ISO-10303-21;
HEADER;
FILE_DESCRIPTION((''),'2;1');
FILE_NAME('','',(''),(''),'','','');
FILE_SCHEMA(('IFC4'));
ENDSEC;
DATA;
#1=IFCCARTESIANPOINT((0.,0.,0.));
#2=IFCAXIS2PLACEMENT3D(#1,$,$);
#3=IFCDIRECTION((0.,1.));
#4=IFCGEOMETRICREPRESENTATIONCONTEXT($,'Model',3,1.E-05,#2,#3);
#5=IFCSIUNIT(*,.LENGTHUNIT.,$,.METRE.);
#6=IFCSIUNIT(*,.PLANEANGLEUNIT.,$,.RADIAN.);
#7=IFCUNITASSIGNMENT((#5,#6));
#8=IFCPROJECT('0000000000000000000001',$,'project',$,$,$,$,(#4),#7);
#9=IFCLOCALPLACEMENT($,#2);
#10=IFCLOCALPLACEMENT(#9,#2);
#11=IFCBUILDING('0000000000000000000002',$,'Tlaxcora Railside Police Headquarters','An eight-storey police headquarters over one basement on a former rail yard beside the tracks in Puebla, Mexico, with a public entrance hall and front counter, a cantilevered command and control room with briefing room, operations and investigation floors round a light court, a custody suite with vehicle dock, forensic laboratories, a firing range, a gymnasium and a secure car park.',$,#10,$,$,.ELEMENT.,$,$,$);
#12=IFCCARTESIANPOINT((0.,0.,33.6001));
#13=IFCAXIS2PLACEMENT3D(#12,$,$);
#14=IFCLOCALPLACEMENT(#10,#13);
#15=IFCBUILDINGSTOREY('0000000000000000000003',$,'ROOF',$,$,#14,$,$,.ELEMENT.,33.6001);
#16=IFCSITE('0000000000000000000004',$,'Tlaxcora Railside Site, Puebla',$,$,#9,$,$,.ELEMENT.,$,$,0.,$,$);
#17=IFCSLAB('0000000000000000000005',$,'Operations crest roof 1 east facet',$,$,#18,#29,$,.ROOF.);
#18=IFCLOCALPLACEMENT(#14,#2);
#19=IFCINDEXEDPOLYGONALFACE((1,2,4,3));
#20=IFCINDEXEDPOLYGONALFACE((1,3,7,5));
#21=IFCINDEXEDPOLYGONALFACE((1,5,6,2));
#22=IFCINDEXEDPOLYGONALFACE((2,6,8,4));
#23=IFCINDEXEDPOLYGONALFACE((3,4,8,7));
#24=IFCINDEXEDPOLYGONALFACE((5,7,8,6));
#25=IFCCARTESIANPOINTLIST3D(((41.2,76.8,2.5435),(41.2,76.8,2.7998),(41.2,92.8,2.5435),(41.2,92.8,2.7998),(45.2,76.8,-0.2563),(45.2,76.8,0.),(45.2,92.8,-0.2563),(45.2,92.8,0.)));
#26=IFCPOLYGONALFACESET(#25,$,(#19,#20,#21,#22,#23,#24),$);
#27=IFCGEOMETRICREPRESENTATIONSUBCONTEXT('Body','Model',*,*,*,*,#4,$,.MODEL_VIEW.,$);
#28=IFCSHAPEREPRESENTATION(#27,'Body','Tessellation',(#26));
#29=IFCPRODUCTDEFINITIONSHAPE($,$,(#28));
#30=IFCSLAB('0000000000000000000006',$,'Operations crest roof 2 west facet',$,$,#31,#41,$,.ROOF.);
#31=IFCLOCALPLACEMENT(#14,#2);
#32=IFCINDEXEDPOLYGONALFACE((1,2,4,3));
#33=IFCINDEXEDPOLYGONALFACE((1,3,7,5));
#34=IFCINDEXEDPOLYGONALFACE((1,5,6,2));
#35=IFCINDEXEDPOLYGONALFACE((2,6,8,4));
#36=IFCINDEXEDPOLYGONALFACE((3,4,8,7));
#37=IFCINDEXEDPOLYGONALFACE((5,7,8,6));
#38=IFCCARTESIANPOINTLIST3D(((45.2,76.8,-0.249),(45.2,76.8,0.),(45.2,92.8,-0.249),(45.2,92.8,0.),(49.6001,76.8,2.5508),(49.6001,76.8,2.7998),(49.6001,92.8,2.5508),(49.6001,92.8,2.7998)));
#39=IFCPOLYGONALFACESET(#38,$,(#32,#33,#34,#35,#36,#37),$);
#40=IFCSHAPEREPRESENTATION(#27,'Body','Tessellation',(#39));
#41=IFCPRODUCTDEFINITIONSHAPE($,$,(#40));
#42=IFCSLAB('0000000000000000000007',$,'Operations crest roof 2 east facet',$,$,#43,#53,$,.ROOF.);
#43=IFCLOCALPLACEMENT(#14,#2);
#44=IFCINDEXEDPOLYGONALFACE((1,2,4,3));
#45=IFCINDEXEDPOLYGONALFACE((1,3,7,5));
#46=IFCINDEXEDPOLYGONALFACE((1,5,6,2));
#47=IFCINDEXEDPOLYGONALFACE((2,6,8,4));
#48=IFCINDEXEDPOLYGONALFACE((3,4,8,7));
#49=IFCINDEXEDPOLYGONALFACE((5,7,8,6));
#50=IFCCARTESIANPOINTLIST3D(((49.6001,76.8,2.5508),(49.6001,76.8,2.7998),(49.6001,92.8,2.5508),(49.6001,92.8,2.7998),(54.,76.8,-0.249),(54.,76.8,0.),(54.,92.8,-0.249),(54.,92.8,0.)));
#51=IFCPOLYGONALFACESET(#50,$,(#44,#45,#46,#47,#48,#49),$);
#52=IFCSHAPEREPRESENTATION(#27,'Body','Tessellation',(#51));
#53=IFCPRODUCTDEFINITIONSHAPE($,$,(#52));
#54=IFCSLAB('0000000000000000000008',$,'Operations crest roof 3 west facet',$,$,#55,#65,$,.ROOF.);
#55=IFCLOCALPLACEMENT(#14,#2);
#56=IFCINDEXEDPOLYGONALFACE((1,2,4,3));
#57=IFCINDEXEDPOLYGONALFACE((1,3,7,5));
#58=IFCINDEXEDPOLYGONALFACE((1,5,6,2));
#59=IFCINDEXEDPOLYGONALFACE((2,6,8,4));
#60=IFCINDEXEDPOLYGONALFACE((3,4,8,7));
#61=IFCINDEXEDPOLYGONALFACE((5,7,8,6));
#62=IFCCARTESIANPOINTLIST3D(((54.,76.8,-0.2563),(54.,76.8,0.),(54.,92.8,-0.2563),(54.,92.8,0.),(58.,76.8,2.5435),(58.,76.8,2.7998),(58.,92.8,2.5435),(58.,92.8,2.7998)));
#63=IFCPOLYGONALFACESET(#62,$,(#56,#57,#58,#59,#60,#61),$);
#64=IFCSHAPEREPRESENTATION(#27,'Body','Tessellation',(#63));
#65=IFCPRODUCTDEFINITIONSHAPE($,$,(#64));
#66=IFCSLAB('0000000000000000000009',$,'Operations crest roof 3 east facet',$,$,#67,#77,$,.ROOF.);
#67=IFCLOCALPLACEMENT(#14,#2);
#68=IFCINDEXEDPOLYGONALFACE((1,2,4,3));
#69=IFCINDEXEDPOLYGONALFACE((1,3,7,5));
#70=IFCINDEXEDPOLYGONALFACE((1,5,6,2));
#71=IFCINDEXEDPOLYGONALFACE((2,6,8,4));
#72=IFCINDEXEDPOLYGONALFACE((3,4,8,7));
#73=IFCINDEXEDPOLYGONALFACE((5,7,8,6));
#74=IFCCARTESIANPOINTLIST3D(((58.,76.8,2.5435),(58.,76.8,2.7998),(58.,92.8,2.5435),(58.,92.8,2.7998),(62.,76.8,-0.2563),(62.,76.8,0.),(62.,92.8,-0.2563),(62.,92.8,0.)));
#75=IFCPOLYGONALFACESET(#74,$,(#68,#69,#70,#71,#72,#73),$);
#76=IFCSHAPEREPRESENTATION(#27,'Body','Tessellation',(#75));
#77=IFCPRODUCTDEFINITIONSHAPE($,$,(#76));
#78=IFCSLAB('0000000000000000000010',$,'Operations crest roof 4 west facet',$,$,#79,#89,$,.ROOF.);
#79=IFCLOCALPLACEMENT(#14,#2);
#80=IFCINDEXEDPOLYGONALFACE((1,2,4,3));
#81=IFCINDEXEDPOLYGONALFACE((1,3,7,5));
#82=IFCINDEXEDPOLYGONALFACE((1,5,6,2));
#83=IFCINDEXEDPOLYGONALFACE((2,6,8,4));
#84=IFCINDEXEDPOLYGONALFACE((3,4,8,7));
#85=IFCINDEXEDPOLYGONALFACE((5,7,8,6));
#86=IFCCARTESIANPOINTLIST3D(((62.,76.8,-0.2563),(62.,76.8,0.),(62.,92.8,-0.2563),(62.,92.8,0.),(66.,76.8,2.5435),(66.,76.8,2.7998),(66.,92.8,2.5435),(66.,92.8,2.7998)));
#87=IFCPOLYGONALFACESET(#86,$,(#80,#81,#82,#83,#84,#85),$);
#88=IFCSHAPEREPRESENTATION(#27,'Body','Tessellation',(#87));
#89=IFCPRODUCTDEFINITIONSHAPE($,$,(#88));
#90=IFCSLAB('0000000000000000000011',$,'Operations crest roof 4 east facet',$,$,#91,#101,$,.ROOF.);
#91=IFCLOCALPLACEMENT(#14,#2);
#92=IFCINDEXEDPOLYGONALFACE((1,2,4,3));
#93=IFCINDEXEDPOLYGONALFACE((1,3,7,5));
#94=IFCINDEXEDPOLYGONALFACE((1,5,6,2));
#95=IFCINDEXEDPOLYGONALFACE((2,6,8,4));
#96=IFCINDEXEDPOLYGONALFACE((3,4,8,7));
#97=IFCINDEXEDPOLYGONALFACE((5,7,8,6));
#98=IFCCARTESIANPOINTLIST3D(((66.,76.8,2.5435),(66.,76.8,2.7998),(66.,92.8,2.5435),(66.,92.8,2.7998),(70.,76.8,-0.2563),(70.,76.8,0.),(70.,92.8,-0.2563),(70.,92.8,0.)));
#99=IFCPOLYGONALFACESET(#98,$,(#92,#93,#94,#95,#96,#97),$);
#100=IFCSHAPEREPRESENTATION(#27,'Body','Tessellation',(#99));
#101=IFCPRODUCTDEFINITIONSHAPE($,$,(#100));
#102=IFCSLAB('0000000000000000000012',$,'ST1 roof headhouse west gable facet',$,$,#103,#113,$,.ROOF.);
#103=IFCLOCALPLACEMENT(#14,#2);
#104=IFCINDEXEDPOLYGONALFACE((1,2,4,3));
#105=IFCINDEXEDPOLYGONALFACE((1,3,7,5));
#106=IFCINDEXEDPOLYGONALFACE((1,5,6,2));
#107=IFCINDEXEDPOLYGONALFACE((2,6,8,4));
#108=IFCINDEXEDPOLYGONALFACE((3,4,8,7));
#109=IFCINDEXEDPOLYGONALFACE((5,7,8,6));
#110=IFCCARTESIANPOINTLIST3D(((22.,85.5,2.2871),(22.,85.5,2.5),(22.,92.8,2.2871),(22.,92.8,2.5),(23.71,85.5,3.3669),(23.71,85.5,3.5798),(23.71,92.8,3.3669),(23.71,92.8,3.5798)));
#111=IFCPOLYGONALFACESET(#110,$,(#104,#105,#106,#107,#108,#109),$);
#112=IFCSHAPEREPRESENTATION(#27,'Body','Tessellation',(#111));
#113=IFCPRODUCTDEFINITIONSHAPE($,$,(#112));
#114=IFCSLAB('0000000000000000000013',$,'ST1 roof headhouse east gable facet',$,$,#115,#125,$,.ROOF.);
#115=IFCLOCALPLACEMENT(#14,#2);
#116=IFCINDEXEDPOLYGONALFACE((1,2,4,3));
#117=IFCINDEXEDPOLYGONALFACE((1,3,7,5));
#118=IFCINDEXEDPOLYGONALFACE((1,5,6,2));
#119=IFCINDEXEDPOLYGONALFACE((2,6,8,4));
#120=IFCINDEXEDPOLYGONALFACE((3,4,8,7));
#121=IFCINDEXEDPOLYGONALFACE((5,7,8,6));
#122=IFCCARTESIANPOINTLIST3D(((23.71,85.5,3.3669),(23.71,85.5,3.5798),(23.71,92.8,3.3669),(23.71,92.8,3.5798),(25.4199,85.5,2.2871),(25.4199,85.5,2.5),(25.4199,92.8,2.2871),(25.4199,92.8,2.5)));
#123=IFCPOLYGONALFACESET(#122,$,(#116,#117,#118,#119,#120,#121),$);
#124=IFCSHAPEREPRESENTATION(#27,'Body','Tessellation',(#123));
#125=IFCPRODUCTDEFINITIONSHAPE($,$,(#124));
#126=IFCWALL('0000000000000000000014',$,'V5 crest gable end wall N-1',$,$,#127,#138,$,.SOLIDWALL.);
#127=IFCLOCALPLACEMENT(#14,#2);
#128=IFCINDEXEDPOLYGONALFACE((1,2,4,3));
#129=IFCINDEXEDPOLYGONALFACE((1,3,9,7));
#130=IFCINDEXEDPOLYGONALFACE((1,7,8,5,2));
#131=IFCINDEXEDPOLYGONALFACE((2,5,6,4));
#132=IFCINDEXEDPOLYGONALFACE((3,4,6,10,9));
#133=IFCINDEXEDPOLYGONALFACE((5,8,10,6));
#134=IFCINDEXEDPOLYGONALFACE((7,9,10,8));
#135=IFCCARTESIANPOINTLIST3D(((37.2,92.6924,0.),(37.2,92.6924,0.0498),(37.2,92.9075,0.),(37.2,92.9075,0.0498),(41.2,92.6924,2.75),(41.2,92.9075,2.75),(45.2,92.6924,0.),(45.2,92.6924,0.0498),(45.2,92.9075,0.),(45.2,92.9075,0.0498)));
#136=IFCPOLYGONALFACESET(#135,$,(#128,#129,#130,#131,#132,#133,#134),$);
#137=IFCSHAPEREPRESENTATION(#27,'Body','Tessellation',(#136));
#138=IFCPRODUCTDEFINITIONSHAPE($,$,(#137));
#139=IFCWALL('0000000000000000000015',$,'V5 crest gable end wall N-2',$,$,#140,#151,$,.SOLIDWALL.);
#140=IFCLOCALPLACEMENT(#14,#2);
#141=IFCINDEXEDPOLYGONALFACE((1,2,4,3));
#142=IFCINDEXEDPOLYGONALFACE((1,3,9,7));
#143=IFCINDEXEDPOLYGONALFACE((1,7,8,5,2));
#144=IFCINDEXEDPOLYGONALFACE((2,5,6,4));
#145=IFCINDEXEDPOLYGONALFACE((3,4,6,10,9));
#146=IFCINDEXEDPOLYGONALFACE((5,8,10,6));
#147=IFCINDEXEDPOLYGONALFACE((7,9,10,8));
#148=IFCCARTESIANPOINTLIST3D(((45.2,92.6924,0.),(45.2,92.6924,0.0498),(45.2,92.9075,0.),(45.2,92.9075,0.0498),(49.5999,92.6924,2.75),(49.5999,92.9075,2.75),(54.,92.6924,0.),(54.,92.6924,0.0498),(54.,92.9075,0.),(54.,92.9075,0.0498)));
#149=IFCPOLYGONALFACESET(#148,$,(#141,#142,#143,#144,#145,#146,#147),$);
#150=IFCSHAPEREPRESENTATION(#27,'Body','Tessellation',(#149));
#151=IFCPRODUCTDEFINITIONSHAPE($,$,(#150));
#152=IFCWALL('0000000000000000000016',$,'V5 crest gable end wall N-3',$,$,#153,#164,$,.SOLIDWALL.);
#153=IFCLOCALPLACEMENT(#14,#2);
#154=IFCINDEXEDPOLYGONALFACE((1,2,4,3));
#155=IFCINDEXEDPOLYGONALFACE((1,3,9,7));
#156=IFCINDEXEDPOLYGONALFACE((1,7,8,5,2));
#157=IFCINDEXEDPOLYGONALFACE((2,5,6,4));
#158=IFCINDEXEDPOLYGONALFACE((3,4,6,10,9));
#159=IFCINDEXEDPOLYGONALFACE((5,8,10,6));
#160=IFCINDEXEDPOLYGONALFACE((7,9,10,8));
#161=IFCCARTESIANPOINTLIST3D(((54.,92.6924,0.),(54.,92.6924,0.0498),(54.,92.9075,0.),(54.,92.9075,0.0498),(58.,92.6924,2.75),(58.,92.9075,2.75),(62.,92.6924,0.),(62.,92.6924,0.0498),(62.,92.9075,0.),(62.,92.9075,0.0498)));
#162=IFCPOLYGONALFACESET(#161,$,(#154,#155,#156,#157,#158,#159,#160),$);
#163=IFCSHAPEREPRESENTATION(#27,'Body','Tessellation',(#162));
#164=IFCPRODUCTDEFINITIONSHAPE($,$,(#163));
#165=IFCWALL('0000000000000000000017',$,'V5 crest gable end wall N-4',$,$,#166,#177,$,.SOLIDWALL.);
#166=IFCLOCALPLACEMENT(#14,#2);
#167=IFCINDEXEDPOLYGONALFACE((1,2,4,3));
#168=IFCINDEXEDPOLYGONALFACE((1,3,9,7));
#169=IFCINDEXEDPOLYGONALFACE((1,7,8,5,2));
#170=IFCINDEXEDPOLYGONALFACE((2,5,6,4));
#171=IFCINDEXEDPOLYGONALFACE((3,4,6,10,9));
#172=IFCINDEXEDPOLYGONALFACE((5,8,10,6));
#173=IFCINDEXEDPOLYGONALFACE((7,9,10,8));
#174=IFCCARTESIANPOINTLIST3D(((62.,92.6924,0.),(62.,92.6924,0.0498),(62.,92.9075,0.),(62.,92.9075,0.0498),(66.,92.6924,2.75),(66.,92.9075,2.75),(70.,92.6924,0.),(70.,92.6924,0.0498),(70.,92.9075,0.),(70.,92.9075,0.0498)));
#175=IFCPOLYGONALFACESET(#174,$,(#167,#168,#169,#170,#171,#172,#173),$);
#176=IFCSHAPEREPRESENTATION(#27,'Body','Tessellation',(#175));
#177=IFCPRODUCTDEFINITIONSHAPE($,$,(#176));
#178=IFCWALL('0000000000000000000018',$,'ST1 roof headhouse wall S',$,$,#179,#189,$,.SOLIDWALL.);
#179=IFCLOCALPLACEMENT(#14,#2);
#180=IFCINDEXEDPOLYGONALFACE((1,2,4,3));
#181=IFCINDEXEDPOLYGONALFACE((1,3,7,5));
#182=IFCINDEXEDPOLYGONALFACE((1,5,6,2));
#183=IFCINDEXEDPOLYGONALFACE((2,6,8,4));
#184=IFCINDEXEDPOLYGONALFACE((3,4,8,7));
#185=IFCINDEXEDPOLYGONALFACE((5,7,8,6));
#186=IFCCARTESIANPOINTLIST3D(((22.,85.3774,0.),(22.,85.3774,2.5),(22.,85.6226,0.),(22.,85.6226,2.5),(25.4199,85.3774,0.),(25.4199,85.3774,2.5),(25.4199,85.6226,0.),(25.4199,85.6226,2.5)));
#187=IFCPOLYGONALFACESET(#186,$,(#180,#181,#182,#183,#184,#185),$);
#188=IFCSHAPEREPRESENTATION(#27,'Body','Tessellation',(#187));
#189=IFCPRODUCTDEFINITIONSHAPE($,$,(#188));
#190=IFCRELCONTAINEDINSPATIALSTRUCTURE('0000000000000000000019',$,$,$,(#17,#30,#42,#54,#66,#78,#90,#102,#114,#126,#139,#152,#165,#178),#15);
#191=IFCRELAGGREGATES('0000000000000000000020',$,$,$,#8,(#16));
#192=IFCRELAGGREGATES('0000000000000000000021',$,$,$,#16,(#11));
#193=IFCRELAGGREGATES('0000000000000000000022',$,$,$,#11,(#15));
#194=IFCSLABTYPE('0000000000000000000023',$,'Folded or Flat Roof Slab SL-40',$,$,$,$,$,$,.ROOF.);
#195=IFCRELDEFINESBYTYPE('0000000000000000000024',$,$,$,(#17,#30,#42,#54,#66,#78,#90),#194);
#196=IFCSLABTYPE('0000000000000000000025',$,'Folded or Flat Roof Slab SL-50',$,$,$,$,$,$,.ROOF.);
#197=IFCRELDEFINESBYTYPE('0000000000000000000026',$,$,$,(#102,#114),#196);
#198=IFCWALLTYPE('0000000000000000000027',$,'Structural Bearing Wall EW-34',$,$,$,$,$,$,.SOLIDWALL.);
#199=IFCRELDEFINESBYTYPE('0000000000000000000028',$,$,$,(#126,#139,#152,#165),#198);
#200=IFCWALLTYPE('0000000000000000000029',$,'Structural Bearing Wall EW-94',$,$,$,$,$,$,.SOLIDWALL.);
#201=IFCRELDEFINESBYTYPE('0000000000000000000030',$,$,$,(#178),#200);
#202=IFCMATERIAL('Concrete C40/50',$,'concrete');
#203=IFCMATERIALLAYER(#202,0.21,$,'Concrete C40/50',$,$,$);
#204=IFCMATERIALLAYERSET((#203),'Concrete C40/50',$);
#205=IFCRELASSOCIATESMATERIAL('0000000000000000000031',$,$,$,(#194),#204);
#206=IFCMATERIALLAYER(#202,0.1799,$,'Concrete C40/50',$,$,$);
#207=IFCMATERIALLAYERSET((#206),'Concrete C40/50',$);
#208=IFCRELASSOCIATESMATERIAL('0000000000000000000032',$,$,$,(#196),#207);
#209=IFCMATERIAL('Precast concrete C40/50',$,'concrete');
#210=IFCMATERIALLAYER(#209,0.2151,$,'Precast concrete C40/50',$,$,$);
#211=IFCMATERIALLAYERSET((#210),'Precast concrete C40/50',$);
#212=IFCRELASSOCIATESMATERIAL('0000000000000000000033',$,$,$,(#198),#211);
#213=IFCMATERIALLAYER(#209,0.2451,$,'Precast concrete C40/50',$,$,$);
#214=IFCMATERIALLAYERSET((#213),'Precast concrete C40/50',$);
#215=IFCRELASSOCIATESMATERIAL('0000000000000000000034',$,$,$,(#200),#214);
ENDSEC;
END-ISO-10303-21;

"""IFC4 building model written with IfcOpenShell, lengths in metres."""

from ifc_helpers import new_model, si_unit, direction, frame, frame_2d, origin, place, context, subcontext, project, spatial, polyline, rectangle, outline, extrude, material, layer, layer_set, type_object, element, save


model = new_model("IFC4")

# Units and contexts
model_context = context("Model", 3, precision=1e-05, world=origin(), true_north=direction((0.0, 1.0)))
body_context = subcontext(model_context, "Body", "Model", "MODEL_VIEW")
ifc_project = project(units=[si_unit("LENGTHUNIT", "METRE"), si_unit("PLANEANGLEUNIT", "RADIAN")], contexts=[model_context])

# Site, building, storey
site_placement = place(None, origin())
site = spatial("IfcSite", under=ifc_project, at=site_placement, Name="Tlaxcora Railside Site, Puebla", CompositionType="ELEMENT", RefElevation=0.0)
building_placement = place(site_placement, origin())
building = spatial("IfcBuilding", under=site, at=building_placement, Name="Tlaxcora Railside Police Headquarters", Description="An eight-storey police headquarters over one basement on a former rail yard beside the tracks in Puebla, Mexico, with a public entrance hall and front counter, a cantilevered command and control room with briefing room, operations and investigation floors round a light court, a custody suite with vehicle dock, forensic laboratories, a firing range, a gymnasium and a secure car park.", CompositionType="ELEMENT")
storey_placement = place(building_placement, frame((0.0, 0.0, 33.6001)))
storey = spatial("IfcBuildingStorey", under=building, at=storey_placement, Name="ROOF", CompositionType="ELEMENT", Elevation=33.6001)

# Slabs
ifc_material_1 = material(Name="Concrete C40/50", Category="concrete")
ifc_layer_1 = layer(ifc_material_1, 0.21, Name="Concrete C40/50")
ifc_layer_set_1 = layer_set([ifc_layer_1], Name="Concrete C40/50")
slab_type_1 = type_object("IfcSlabType", Name="Folded or Flat Roof Slab SL-40", PredefinedType="ROOF", material=ifc_layer_set_1)
slab_1_placement = place(storey_placement, frame((41.2, 92.8, 0.0), z_axis=(0.0, -1.0, 0.0), x_axis=(1.0, 0.0, 0.0)))
element("IfcSlab", 1, at=slab_1_placement, inside=storey, type_object=slab_type_1, Name="Operations crest roof 1 east facet", PredefinedType="ROOF", context=body_context, shape_type="SweptSolid", body=[
    extrude(outline(polyline([(0.0, 2.5435), (4.0, -0.2563), (4.0, 0.0), (0.0, 2.7998), (0.0, 2.5435)])), origin(), (0.0, 0.0, 1.0), 16.0),
])
slab_2_placement = place(storey_placement, frame((45.2, 92.8, 0.0), z_axis=(0.0, -1.0, 0.0), x_axis=(1.0, 0.0, 0.0)))
element("IfcSlab", 2, at=slab_2_placement, inside=storey, type_object=slab_type_1, Name="Operations crest roof 2 west facet", PredefinedType="ROOF", context=body_context, shape_type="SweptSolid", body=[
    extrude(outline(polyline([(0.0, -0.249), (4.4001, 2.5508), (4.4001, 2.7998), (0.0, 0.0), (0.0, -0.249)])), origin(), (0.0, 0.0, 1.0), 16.0),
])
slab_3_placement = place(storey_placement, frame((49.6001, 92.8, 0.0), z_axis=(0.0, -1.0, 0.0), x_axis=(1.0, 0.0, 0.0)))
element("IfcSlab", 3, at=slab_3_placement, inside=storey, type_object=slab_type_1, Name="Operations crest roof 2 east facet", PredefinedType="ROOF", context=body_context, shape_type="SweptSolid", body=[
    extrude(outline(polyline([(0.0, 2.5508), (4.3999, -0.249), (4.3999, 0.0), (0.0, 2.7998), (0.0, 2.5508)])), origin(), (0.0, 0.0, 1.0), 16.0),
])
slab_4_placement = place(storey_placement, frame((54.0, 92.8, 0.0), z_axis=(0.0, -1.0, 0.0), x_axis=(1.0, 0.0, 0.0)))
element("IfcSlab", 4, at=slab_4_placement, inside=storey, type_object=slab_type_1, Name="Operations crest roof 3 west facet", PredefinedType="ROOF", context=body_context, shape_type="SweptSolid", body=[
    extrude(outline(polyline([(0.0, -0.2563), (4.0, 2.5435), (4.0, 2.7998), (0.0, 0.0), (0.0, -0.2563)])), origin(), (0.0, 0.0, 1.0), 16.0),
])
slab_5_placement = place(storey_placement, frame((58.0, 92.8, 0.0), z_axis=(0.0, -1.0, 0.0), x_axis=(1.0, 0.0, 0.0)))
element("IfcSlab", 5, at=slab_5_placement, inside=storey, type_object=slab_type_1, Name="Operations crest roof 3 east facet", PredefinedType="ROOF", context=body_context, shape_type="SweptSolid", body=[
    extrude(outline(polyline([(0.0, 2.5435), (4.0, -0.2563), (4.0, 0.0), (0.0, 2.7998), (0.0, 2.5435)])), origin(), (0.0, 0.0, 1.0), 16.0),
])
slab_6_placement = place(storey_placement, frame((62.0, 92.8, 0.0), z_axis=(0.0, -1.0, 0.0), x_axis=(1.0, 0.0, 0.0)))
element("IfcSlab", 6, at=slab_6_placement, inside=storey, type_object=slab_type_1, Name="Operations crest roof 4 west facet", PredefinedType="ROOF", context=body_context, shape_type="SweptSolid", body=[
    extrude(outline(polyline([(0.0, -0.2563), (4.0, 2.5435), (4.0, 2.7998), (0.0, 0.0), (0.0, -0.2563)])), origin(), (0.0, 0.0, 1.0), 16.0),
])
slab_7_placement = place(storey_placement, frame((66.0, 92.8, 0.0), z_axis=(0.0, -1.0, 0.0), x_axis=(1.0, 0.0, 0.0)))
element("IfcSlab", 7, at=slab_7_placement, inside=storey, type_object=slab_type_1, Name="Operations crest roof 4 east facet", PredefinedType="ROOF", context=body_context, shape_type="SweptSolid", body=[
    extrude(outline(polyline([(0.0, 2.5435), (4.0, -0.2563), (4.0, 0.0), (0.0, 2.7998), (0.0, 2.5435)])), origin(), (0.0, 0.0, 1.0), 16.0),
])
ifc_layer_2 = layer(ifc_material_1, 0.1799, Name="Concrete C40/50")
ifc_layer_set_2 = layer_set([ifc_layer_2], Name="Concrete C40/50")
slab_type_2 = type_object("IfcSlabType", Name="Folded or Flat Roof Slab SL-50", PredefinedType="ROOF", material=ifc_layer_set_2)
slab_8_placement = place(storey_placement, frame((22.0, 92.8, 0.0), z_axis=(0.0, -1.0, 0.0), x_axis=(1.0, 0.0, 0.0)))
element("IfcSlab", 8, at=slab_8_placement, inside=storey, type_object=slab_type_2, Name="ST1 roof headhouse west gable facet", PredefinedType="ROOF", context=body_context, shape_type="SweptSolid", body=[
    extrude(outline(polyline([(0.0, 2.2871), (1.71, 3.3669), (1.71, 3.5798), (0.0, 2.5), (0.0, 2.2871)])), origin(), (0.0, 0.0, 1.0), 7.3),
])
slab_9_placement = place(storey_placement, frame((23.71, 92.8, 0.0), z_axis=(0.0, -1.0, 0.0), x_axis=(1.0, 0.0, 0.0)))
element("IfcSlab", 9, at=slab_9_placement, inside=storey, type_object=slab_type_2, Name="ST1 roof headhouse east gable facet", PredefinedType="ROOF", context=body_context, shape_type="SweptSolid", body=[
    extrude(outline(polyline([(0.0, 3.3669), (1.71, 2.2871), (1.71, 2.5), (0.0, 3.5798), (0.0, 3.3669)])), origin(), (0.0, 0.0, 1.0), 7.3),
])

# Walls
ifc_material_2 = material(Name="Precast concrete C40/50", Category="concrete")
ifc_layer_3 = layer(ifc_material_2, 0.2151, Name="Precast concrete C40/50")
ifc_layer_set_3 = layer_set([ifc_layer_3], Name="Precast concrete C40/50")
wall_type_1 = type_object("IfcWallType", Name="Structural Bearing Wall EW-34", PredefinedType="SOLIDWALL", material=ifc_layer_set_3)
wall_1_placement = place(storey_placement, frame((37.2, 92.8, 0.0), z_axis=(0.0, 0.0, 1.0), x_axis=(1.0, 0.0, 0.0)))
element("IfcWall", 10, at=wall_1_placement, inside=storey, type_object=wall_type_1, Name="V5 crest gable end wall N-1", PredefinedType="SOLIDWALL", context=body_context, shape_type="SweptSolid", body=[
    extrude(outline(polyline([(0.0, 0.0), (8.0, 0.0), (8.0, 0.0498), (4.0, 2.75), (0.0, 0.0498), (0.0, 0.0)])), frame((0.0, 0.1074, 0.0), z_axis=(0.0, -1.0, 0.0), x_axis=(1.0, 0.0, 0.0)), (0.0, 0.0, 1.0), 0.2151),
])
wall_2_placement = place(storey_placement, frame((45.2, 92.8, 0.0), z_axis=(0.0, 0.0, 1.0), x_axis=(1.0, 0.0, 0.0)))
element("IfcWall", 11, at=wall_2_placement, inside=storey, type_object=wall_type_1, Name="V5 crest gable end wall N-2", PredefinedType="SOLIDWALL", context=body_context, shape_type="SweptSolid", body=[
    extrude(outline(polyline([(0.0, 0.0), (8.8, 0.0), (8.8, 0.0498), (4.3999, 2.75), (0.0, 0.0498), (0.0, 0.0)])), frame((0.0, 0.1074, 0.0), z_axis=(0.0, -1.0, 0.0), x_axis=(1.0, 0.0, 0.0)), (0.0, 0.0, 1.0), 0.2151),
])
for number, where, z_axis, x_axis, name in (
    (12, (54.0, 92.8, 0.0), (0.0, 0.0, 1.0), (1.0, 0.0, 0.0), "V5 crest gable end wall N-3"),
    (13, (62.0, 92.8, 0.0), (0.0, 0.0, 1.0), (1.0, 0.0, 0.0), "V5 crest gable end wall N-4"),
):
    element("IfcWall", number, at=place(storey_placement, frame(where, z_axis=z_axis, x_axis=x_axis)), inside=storey, type_object=wall_type_1, Name=name, PredefinedType="SOLIDWALL", context=body_context, shape_type="SweptSolid", body=[
        extrude(outline(polyline([(0.0, 0.0), (8.0, 0.0), (8.0, 0.0498), (4.0, 2.75), (0.0, 0.0498), (0.0, 0.0)])), frame((0.0, 0.1074, 0.0), z_axis=(0.0, -1.0, 0.0), x_axis=(1.0, 0.0, 0.0)), (0.0, 0.0, 1.0), 0.2151),
    ])
ifc_layer_4 = layer(ifc_material_2, 0.2451, Name="Precast concrete C40/50")
ifc_layer_set_4 = layer_set([ifc_layer_4], Name="Precast concrete C40/50")
wall_type_2 = type_object("IfcWallType", Name="Structural Bearing Wall EW-94", PredefinedType="SOLIDWALL", material=ifc_layer_set_4)
wall_3_placement = place(storey_placement, frame((22.0, 85.5, 0.0), z_axis=(0.0, 0.0, 1.0), x_axis=(1.0, 0.0, 0.0)))
element("IfcWall", 14, at=wall_3_placement, inside=storey, type_object=wall_type_2, Name="ST1 roof headhouse wall S", PredefinedType="SOLIDWALL", context=body_context, shape_type="SweptSolid", body=[
    extrude(rectangle(XDim=3.4199, YDim=0.2451, at=frame_2d((1.71, 0.0))), origin(), (0.0, 0.0, 1.0), 2.5),
])

save(model, "model.ifc")
